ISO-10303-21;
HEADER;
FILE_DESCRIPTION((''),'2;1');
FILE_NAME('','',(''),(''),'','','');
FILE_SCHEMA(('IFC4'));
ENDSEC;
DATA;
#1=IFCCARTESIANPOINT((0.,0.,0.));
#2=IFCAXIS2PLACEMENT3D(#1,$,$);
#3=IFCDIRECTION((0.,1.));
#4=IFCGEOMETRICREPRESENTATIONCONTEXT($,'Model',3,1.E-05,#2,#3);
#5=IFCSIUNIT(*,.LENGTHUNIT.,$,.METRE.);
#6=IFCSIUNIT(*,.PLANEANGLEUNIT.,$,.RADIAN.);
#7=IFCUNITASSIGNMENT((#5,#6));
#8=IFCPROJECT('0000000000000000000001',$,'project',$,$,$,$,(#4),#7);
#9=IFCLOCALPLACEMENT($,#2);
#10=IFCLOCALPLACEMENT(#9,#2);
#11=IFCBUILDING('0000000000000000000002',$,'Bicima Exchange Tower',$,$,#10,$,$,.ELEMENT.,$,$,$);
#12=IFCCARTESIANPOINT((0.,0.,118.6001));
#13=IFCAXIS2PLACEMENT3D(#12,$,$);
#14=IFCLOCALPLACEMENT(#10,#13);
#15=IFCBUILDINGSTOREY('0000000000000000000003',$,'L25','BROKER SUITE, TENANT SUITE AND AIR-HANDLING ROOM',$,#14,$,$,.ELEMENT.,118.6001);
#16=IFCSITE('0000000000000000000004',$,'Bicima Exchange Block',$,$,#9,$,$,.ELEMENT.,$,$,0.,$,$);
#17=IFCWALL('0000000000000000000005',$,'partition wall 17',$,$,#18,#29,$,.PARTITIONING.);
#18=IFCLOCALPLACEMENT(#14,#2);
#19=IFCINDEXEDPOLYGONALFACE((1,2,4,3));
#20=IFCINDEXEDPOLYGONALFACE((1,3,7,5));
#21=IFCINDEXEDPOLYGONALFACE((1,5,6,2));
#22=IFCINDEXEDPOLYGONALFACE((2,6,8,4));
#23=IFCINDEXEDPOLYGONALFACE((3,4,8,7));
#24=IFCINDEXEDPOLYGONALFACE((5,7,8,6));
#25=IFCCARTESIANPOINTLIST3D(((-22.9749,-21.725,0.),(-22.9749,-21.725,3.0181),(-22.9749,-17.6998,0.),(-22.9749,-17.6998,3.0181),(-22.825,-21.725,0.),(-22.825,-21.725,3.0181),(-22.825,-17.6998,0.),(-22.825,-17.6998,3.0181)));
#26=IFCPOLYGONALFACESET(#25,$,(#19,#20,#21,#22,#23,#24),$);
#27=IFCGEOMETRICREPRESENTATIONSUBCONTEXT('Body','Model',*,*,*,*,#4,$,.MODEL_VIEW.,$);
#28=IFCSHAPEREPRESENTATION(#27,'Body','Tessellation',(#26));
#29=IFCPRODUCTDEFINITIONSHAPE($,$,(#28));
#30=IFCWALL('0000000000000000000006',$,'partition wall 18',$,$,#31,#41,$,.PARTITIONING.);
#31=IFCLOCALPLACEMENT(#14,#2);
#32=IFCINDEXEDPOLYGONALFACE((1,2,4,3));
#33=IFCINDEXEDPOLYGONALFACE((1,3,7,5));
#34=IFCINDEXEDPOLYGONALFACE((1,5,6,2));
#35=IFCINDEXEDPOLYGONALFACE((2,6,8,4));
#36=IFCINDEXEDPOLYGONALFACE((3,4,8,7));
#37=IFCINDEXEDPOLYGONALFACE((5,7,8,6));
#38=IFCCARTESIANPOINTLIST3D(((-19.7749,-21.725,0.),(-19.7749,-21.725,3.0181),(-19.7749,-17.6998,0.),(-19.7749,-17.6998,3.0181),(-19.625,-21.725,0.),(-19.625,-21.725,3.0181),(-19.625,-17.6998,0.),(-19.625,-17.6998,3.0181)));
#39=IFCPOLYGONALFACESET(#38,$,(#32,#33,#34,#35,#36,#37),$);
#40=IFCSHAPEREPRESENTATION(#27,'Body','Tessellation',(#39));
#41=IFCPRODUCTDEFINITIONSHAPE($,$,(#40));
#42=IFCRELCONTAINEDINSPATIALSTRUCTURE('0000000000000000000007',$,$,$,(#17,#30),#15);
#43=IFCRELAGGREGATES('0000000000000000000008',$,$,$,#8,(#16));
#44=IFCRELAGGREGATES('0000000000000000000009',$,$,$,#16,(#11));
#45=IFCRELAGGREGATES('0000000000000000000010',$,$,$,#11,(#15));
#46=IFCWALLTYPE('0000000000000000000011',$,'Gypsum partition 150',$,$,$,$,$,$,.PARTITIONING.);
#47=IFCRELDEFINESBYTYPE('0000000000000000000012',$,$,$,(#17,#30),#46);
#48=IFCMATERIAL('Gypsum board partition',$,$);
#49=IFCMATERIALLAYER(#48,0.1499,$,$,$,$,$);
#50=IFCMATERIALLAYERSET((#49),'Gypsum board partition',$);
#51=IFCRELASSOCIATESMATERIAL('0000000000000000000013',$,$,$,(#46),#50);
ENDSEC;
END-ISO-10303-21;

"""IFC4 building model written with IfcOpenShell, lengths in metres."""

from ifc_helpers import new_model, si_unit, direction, frame, frame_2d, origin, place, context, subcontext, project, spatial, rectangle, extrude, material, layer, layer_set, type_object, element, save


model = new_model("IFC4")

# Units and contexts
model_context = context("Model", 3, precision=1e-05, world=origin(), true_north=direction((0.0, 1.0)))
body_context = subcontext(model_context, "Body", "Model", "MODEL_VIEW")
ifc_project = project(units=[si_unit("LENGTHUNIT", "METRE"), si_unit("PLANEANGLEUNIT", "RADIAN")], contexts=[model_context])

# Site, building, storey
site_placement = place(None, origin())
site = spatial("IfcSite", under=ifc_project, at=site_placement, Name="Bicima Exchange Block", CompositionType="ELEMENT", RefElevation=0.0)
building_placement = place(site_placement, origin())
building = spatial("IfcBuilding", under=site, at=building_placement, Name="Bicima Exchange Tower", CompositionType="ELEMENT")
storey_placement = place(building_placement, frame((0.0, 0.0, 118.6001)))
storey = spatial("IfcBuildingStorey", under=building, at=storey_placement, Name="L25", Description="BROKER SUITE, TENANT SUITE AND AIR-HANDLING ROOM", CompositionType="ELEMENT", Elevation=118.6001)

# Walls
ifc_material_1 = material(Name="Gypsum board partition")
ifc_layer_1 = layer(ifc_material_1, 0.1499)
ifc_layer_set_1 = layer_set([ifc_layer_1], Name="Gypsum board partition")
wall_type_1 = type_object("IfcWallType", Name="Gypsum partition 150", PredefinedType="PARTITIONING", material=ifc_layer_set_1)
for number, where, z_axis, x_axis, name in (
    (1, (-22.8999, -21.7251, 0.0), (0.0, 0.0, 1.0), (0.0, 1.0, 0.0), "partition wall 17"),
    (2, (-19.7, -21.7251, 0.0), (0.0, 0.0, 1.0), (0.0, 1.0, 0.0), "partition wall 18"),
):
    element("IfcWall", number, at=place(storey_placement, frame(where, z_axis=z_axis, x_axis=x_axis)), inside=storey, type_object=wall_type_1, Name=name, PredefinedType="PARTITIONING", context=body_context, shape_type="SweptSolid", body=[
        extrude(rectangle(XDim=4.0251, YDim=0.1499, at=frame_2d((2.0127, 0.0))), origin(), (0.0, 0.0, 1.0), 3.0181),
    ])

save(model, "model.ifc")
